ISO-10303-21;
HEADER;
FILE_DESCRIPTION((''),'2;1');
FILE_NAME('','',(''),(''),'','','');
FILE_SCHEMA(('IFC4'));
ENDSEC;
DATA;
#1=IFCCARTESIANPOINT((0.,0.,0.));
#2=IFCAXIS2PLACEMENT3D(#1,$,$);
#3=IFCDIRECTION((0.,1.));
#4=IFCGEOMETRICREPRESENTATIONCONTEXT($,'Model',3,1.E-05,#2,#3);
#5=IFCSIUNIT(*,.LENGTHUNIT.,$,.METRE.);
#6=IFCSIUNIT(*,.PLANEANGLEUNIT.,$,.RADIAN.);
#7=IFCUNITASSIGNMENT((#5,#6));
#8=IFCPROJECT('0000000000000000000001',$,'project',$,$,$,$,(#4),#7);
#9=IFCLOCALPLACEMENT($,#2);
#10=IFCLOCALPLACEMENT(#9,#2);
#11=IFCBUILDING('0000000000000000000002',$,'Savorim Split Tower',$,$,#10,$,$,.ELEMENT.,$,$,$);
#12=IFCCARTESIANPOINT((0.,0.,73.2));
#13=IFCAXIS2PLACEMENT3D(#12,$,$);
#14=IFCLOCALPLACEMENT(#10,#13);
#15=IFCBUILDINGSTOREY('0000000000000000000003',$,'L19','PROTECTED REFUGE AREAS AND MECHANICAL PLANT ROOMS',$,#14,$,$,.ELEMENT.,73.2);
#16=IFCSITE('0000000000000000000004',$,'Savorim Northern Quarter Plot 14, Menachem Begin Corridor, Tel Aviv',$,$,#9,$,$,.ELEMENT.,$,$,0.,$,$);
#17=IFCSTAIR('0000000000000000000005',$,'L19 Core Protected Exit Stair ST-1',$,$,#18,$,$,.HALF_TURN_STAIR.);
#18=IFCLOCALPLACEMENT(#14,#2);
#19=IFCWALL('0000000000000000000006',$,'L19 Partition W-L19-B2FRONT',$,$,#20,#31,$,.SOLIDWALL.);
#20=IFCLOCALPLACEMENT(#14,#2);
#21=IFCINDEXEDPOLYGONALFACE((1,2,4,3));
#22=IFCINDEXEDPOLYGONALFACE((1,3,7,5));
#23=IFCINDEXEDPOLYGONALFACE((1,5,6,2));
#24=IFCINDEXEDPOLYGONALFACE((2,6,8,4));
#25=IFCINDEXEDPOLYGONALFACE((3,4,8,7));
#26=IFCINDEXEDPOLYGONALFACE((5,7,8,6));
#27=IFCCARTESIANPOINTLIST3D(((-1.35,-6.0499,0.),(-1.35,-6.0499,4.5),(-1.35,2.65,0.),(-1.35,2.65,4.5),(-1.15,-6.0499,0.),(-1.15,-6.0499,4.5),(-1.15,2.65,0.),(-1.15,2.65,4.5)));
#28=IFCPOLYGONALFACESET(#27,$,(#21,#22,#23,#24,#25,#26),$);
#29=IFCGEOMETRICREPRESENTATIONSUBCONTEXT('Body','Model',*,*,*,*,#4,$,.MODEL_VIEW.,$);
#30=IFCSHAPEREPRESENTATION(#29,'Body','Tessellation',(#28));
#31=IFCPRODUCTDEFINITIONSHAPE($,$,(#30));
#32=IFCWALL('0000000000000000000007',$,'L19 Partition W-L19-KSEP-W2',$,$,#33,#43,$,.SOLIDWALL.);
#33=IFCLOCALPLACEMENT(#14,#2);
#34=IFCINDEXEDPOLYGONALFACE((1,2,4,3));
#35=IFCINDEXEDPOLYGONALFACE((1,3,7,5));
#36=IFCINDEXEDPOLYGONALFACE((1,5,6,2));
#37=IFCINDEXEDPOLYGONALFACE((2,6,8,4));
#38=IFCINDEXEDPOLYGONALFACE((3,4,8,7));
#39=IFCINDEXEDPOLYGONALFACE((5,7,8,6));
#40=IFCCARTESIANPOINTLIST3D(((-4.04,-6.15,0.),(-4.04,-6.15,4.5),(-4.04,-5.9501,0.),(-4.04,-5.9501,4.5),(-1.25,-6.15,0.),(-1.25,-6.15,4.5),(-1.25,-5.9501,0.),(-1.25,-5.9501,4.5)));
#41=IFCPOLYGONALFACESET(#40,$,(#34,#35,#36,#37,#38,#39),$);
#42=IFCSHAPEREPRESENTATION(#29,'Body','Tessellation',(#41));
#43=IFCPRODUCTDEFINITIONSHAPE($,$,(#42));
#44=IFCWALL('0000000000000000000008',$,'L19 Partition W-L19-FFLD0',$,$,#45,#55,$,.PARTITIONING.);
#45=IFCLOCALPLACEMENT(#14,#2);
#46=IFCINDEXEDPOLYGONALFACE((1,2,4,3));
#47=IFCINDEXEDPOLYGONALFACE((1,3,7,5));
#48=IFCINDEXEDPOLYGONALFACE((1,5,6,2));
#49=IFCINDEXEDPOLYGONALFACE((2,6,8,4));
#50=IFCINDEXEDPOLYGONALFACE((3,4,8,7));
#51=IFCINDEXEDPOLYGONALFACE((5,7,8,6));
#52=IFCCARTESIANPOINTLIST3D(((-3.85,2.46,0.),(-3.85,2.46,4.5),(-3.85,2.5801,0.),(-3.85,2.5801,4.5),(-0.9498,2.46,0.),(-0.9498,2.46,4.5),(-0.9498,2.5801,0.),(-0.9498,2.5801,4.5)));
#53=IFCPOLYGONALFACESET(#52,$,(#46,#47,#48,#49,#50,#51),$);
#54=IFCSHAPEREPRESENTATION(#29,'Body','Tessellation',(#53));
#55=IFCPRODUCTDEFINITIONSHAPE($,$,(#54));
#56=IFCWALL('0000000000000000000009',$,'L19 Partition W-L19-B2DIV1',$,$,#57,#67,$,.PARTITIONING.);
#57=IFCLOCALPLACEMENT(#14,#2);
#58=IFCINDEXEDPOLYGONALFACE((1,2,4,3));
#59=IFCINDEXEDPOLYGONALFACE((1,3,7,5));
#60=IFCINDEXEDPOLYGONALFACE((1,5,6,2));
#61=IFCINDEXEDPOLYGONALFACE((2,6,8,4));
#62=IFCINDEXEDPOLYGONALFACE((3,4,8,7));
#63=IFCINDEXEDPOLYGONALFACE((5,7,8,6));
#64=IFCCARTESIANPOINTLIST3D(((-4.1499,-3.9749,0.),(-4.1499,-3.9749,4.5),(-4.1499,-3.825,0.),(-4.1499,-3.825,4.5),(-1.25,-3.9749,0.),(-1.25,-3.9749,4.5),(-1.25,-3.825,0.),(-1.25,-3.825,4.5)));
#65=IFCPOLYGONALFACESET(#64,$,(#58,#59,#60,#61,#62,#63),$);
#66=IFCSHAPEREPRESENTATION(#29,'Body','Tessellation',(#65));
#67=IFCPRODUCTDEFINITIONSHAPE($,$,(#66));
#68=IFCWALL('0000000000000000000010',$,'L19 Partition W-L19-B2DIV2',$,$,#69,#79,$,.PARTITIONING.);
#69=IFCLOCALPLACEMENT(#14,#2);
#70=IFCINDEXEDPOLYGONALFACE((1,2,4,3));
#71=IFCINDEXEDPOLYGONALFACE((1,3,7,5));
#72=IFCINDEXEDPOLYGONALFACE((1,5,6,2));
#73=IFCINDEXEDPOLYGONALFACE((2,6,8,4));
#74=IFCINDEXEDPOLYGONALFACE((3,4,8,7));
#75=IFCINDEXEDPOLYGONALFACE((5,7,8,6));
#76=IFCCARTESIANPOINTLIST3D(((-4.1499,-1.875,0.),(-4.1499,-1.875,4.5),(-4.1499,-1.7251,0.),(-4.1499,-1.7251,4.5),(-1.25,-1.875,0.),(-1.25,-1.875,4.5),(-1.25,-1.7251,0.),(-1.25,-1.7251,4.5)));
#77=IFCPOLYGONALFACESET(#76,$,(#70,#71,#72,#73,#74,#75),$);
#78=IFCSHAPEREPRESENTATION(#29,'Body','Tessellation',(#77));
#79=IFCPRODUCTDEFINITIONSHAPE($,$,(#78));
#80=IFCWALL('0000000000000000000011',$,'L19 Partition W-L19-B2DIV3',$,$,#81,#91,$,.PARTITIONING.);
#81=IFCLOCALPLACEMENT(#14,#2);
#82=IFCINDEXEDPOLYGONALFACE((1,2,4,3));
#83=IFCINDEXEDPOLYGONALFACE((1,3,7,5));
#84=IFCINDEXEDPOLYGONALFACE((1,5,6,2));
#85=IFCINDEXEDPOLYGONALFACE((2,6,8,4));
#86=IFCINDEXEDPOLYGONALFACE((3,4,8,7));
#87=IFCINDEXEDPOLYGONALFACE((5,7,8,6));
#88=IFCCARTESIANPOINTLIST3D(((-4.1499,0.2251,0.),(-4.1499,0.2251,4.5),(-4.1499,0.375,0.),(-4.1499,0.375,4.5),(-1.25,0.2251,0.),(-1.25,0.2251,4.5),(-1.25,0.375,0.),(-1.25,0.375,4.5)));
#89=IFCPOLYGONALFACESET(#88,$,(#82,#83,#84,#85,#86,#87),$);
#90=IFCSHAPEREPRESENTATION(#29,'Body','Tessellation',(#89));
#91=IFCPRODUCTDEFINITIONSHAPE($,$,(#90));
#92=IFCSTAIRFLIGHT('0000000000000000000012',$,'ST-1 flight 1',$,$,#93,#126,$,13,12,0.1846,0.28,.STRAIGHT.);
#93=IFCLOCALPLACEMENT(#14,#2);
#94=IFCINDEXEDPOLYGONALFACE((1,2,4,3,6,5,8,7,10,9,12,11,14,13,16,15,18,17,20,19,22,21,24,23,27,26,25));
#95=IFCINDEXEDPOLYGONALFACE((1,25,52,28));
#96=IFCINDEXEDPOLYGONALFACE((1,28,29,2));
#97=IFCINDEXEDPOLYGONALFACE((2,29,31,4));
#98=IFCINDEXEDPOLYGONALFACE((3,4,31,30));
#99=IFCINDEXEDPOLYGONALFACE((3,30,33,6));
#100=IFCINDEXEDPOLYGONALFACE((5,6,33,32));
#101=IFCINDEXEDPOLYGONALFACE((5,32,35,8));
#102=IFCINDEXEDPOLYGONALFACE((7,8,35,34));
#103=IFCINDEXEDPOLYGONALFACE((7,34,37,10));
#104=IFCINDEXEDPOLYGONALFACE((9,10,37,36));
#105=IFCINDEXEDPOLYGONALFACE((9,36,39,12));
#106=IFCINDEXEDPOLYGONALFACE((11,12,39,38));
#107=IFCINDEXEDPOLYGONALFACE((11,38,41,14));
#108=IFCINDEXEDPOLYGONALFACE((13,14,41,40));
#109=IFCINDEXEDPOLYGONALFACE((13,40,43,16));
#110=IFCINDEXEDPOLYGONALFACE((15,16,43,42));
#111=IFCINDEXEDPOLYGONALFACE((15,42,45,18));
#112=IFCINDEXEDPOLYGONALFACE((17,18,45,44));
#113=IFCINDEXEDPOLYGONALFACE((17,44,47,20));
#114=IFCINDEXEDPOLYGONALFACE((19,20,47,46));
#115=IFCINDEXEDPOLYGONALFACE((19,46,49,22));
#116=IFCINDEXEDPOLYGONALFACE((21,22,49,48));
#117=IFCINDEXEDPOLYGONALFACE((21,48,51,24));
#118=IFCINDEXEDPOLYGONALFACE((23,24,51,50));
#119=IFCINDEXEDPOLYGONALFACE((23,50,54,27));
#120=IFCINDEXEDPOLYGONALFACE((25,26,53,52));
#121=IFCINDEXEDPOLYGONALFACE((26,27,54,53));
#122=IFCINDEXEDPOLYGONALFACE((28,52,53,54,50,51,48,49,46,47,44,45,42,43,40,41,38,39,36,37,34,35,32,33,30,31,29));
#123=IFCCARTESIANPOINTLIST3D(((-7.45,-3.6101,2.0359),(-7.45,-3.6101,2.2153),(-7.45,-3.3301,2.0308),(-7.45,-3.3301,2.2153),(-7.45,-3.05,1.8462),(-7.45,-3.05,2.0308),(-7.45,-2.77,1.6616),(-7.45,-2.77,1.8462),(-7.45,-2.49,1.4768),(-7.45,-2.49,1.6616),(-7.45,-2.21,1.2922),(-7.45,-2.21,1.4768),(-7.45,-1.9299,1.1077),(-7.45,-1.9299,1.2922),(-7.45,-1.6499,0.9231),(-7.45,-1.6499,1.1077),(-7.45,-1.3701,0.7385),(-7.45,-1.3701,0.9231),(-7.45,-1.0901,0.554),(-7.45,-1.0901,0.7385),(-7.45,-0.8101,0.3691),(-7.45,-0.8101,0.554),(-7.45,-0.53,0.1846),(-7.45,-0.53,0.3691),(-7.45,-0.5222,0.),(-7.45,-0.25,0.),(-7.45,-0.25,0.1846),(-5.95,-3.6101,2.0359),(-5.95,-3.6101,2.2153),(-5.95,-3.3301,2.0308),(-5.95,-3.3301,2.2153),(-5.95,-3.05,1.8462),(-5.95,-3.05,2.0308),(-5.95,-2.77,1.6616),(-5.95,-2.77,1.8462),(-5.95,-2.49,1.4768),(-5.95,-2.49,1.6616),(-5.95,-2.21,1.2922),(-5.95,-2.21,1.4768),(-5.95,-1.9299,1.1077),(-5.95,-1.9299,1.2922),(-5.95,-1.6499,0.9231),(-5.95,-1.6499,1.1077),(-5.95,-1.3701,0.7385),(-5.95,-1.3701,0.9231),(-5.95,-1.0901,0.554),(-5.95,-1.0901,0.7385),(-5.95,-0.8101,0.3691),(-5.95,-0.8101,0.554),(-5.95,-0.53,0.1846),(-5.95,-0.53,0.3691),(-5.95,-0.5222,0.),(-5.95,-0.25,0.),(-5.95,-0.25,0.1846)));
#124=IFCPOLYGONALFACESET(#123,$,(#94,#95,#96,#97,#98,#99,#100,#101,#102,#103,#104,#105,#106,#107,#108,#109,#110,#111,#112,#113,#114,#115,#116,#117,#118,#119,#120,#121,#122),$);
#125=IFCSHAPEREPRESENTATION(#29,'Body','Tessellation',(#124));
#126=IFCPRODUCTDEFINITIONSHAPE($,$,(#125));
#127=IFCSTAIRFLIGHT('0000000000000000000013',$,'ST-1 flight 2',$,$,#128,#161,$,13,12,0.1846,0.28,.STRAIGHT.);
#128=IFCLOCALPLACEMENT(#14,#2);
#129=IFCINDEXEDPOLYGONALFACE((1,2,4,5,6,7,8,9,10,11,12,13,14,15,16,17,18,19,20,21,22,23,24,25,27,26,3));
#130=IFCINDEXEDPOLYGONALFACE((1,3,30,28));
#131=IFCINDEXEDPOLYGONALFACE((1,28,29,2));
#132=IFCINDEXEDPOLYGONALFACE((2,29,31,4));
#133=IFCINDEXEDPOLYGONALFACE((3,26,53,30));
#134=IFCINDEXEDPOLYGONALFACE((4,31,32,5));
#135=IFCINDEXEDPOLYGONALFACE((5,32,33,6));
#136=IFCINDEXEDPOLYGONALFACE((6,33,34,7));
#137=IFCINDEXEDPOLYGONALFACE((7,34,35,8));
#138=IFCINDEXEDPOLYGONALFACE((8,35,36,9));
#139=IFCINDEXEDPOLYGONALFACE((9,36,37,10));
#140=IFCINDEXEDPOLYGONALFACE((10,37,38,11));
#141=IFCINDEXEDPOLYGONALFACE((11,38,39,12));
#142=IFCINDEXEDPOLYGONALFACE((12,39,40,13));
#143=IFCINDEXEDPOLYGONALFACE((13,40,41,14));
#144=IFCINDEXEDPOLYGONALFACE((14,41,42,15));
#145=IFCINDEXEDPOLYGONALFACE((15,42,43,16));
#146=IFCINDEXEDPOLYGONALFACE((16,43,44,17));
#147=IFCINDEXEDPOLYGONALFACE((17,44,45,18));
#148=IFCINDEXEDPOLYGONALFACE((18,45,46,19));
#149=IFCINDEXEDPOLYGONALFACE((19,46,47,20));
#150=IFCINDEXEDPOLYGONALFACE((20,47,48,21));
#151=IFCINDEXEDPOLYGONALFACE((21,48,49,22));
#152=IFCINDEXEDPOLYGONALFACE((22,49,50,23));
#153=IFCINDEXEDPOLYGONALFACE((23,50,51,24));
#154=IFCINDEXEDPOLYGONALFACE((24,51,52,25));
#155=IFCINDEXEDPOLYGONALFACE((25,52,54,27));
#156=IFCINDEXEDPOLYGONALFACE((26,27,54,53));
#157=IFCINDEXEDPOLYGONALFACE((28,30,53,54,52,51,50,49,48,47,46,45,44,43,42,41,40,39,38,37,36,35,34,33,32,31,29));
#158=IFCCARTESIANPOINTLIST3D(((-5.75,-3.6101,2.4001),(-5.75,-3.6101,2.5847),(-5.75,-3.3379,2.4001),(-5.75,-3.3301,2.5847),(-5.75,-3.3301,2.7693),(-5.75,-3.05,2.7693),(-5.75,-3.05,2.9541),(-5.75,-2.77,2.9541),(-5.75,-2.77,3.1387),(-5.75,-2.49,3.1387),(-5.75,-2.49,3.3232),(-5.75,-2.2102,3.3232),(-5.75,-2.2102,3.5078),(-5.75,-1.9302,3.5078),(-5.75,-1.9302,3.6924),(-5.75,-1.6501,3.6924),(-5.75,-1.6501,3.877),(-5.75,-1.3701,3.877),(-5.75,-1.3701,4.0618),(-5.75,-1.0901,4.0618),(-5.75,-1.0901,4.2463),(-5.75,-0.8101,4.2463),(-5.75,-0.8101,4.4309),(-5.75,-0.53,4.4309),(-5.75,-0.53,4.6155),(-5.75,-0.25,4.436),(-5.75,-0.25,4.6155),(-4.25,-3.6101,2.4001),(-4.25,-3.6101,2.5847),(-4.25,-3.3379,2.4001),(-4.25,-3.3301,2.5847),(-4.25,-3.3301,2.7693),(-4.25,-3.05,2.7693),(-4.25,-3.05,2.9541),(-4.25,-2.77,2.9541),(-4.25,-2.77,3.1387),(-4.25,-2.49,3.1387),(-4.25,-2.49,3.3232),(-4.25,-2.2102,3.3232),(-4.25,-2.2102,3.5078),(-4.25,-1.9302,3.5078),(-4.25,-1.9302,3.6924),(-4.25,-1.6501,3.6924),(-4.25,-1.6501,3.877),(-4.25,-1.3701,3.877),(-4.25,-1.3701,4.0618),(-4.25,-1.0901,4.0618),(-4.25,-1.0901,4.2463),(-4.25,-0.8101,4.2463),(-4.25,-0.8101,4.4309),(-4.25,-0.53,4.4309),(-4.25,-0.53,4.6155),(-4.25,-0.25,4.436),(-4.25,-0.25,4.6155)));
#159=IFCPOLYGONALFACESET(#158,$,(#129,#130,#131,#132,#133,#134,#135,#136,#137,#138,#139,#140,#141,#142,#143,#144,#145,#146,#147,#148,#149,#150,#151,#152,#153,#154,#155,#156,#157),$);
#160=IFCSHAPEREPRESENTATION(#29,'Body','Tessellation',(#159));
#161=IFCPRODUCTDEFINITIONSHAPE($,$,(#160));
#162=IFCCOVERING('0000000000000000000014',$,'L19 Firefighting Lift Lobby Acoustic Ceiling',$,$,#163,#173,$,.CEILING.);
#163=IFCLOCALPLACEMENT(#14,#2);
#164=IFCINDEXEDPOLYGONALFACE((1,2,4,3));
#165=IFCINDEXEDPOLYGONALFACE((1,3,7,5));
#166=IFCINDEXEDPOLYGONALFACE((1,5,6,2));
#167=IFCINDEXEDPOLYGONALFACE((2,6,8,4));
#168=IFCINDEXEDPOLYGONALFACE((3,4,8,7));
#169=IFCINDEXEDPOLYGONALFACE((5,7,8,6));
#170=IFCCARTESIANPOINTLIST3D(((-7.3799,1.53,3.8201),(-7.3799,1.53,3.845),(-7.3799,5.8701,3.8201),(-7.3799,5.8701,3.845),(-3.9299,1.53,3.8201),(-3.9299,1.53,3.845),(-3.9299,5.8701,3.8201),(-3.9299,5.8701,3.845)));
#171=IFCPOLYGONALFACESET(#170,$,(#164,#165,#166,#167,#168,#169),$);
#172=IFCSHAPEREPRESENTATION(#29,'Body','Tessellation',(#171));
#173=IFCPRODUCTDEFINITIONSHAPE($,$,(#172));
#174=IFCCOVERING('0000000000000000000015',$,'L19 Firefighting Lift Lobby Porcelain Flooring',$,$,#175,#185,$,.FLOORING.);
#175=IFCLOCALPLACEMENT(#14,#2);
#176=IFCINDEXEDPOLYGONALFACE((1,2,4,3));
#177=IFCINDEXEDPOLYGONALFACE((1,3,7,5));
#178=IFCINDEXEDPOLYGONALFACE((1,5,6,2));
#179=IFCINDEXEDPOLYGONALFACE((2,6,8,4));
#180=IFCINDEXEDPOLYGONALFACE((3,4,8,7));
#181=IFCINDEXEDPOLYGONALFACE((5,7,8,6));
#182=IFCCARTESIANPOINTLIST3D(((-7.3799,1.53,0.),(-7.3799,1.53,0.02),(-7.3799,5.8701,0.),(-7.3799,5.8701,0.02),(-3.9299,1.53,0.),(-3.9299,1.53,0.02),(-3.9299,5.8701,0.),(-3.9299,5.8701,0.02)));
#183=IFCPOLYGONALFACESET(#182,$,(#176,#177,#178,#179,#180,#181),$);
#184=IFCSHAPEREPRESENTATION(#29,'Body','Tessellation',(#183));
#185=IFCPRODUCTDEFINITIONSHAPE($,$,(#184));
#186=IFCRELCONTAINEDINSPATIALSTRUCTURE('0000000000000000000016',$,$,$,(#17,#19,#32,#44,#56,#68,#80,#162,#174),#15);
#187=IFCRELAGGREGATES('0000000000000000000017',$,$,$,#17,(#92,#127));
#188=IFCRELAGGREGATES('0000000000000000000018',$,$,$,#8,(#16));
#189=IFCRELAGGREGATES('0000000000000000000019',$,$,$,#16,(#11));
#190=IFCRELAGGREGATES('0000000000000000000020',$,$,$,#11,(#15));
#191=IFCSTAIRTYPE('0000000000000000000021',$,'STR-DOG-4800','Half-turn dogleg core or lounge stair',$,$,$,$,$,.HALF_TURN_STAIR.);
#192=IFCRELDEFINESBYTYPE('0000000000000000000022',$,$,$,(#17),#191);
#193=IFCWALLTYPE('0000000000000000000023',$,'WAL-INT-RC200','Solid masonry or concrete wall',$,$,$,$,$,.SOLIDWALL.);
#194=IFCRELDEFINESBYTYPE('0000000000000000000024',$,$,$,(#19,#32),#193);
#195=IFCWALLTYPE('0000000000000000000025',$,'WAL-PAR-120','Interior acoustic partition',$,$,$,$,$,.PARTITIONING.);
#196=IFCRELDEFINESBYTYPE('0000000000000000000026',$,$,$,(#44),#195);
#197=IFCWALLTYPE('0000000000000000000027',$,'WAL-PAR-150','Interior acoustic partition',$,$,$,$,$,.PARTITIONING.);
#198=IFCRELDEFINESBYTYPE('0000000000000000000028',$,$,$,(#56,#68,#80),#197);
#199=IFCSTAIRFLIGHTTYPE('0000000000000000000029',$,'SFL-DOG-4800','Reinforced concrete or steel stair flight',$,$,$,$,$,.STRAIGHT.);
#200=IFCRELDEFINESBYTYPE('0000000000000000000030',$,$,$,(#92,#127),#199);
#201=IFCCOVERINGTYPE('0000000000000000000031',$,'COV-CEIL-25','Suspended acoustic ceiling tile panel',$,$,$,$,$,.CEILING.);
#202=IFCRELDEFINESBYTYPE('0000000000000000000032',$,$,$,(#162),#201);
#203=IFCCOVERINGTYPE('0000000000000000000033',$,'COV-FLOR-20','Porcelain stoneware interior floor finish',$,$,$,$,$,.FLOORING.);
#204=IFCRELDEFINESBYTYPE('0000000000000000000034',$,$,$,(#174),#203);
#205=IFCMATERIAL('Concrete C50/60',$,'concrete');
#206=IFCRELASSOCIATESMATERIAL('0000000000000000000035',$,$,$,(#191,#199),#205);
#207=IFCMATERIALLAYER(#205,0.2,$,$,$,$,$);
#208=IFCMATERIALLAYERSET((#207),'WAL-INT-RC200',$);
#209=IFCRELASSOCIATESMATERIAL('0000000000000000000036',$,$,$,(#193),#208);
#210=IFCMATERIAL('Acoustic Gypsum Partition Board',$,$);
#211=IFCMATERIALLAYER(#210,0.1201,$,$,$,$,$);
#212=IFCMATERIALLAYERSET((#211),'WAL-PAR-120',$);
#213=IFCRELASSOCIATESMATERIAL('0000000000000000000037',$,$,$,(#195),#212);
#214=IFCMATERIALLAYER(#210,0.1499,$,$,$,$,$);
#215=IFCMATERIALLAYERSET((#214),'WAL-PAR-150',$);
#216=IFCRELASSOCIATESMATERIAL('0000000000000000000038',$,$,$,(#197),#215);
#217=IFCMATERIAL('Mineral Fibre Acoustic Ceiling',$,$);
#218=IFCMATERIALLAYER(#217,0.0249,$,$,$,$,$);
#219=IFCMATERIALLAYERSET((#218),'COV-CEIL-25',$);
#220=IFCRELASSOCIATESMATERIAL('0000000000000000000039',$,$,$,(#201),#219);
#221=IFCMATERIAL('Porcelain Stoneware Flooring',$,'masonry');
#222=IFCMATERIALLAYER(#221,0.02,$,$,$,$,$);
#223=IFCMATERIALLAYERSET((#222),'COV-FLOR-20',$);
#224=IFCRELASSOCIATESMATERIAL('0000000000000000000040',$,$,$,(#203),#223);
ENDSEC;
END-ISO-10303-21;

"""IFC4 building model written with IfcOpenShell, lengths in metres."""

from ifc_helpers import new_model, si_unit, direction, frame, frame_2d, origin, place, context, subcontext, project, spatial, polyline, rectangle, outline, extrude, material, layer, layer_set, type_object, element, aggregate, save


model = new_model("IFC4")

# Units and contexts
model_context = context("Model", 3, precision=1e-05, world=origin(), true_north=direction((0.0, 1.0)))
body_context = subcontext(model_context, "Body", "Model", "MODEL_VIEW")
ifc_project = project(units=[si_unit("LENGTHUNIT", "METRE"), si_unit("PLANEANGLEUNIT", "RADIAN")], contexts=[model_context])

# Site, building, storey
site_placement = place(None, origin())
site = spatial("IfcSite", under=ifc_project, at=site_placement, Name="Savorim Northern Quarter Plot 14, Menachem Begin Corridor, Tel Aviv", CompositionType="ELEMENT", RefElevation=0.0)
building_placement = place(site_placement, origin())
building = spatial("IfcBuilding", under=site, at=building_placement, Name="Savorim Split Tower", CompositionType="ELEMENT")
storey_placement = place(building_placement, frame((0.0, 0.0, 73.2)))
storey = spatial("IfcBuildingStorey", under=building, at=storey_placement, Name="L19", Description="PROTECTED REFUGE AREAS AND MECHANICAL PLANT ROOMS", CompositionType="ELEMENT", Elevation=73.2)

# Stair
ifc_material_1 = material(Name="Concrete C50/60", Category="concrete")
stair_type = type_object("IfcStairType", Name="STR-DOG-4800", Description="Half-turn dogleg core or lounge stair", PredefinedType="HALF_TURN_STAIR", material=ifc_material_1)
stair_1_placement = place(storey_placement, origin())
stair_1 = element("IfcStair", 1, at=stair_1_placement, inside=storey, type_object=stair_type, Name="L19 Core Protected Exit Stair ST-1", PredefinedType="HALF_TURN_STAIR")

# Shared definitions
ifc_layer_1 = layer(ifc_material_1, 0.2)
ifc_layer_set_1 = layer_set([ifc_layer_1], Name="WAL-INT-RC200")
wall_type_1 = type_object("IfcWallType", Name="WAL-INT-RC200", Description="Solid masonry or concrete wall", PredefinedType="SOLIDWALL", material=ifc_layer_set_1)

# Walls
wall_1_placement = place(storey_placement, frame((-1.25, -6.05, 0.0), z_axis=(0.0, 0.0, 1.0), x_axis=(0.0, 1.0, 0.0)))
element("IfcWall", 2, at=wall_1_placement, inside=storey, type_object=wall_type_1, Name="L19 Partition W-L19-B2FRONT", PredefinedType="SOLIDWALL", context=body_context, shape_type="SweptSolid", body=[
    extrude(rectangle(XDim=8.7, YDim=0.2, at=frame_2d((4.3501, 0.0))), origin(), (0.0, 0.0, 1.0), 4.5),
])
wall_2_placement = place(storey_placement, frame((-4.04, -6.05, 0.0), z_axis=(0.0, 0.0, 1.0), x_axis=(1.0, 0.0, 0.0)))
element("IfcWall", 3, at=wall_2_placement, inside=storey, type_object=wall_type_1, Name="L19 Partition W-L19-KSEP-W2", PredefinedType="SOLIDWALL", context=body_context, shape_type="SweptSolid", body=[
    extrude(rectangle(XDim=2.79, YDim=0.2, at=frame_2d((1.395, 0.0))), origin(), (0.0, 0.0, 1.0), 4.5),
])
ifc_material_2 = material(Name="Acoustic Gypsum Partition Board")
ifc_layer_2 = layer(ifc_material_2, 0.1201)
ifc_layer_set_2 = layer_set([ifc_layer_2], Name="WAL-PAR-120")
wall_type_2 = type_object("IfcWallType", Name="WAL-PAR-120", Description="Interior acoustic partition", PredefinedType="PARTITIONING", material=ifc_layer_set_2)
wall_3_placement = place(storey_placement, frame((-3.8501, 2.52, 0.0), z_axis=(0.0, 0.0, 1.0), x_axis=(1.0, 0.0, 0.0)))
element("IfcWall", 4, at=wall_3_placement, inside=storey, type_object=wall_type_2, Name="L19 Partition W-L19-FFLD0", PredefinedType="PARTITIONING", context=body_context, shape_type="SweptSolid", body=[
    extrude(rectangle(XDim=2.9001, YDim=0.1201, at=frame_2d((1.4502, 0.0))), origin(), (0.0, 0.0, 1.0), 4.5),
])
ifc_layer_3 = layer(ifc_material_2, 0.1499)
ifc_layer_set_3 = layer_set([ifc_layer_3], Name="WAL-PAR-150")
wall_type_3 = type_object("IfcWallType", Name="WAL-PAR-150", Description="Interior acoustic partition", PredefinedType="PARTITIONING", material=ifc_layer_set_3)
for number, where, z_axis, x_axis, name in (
    (5, (-4.1499, -3.8999, 0.0), (0.0, 0.0, 1.0), (1.0, 0.0, 0.0), "L19 Partition W-L19-B2DIV1"),
    (6, (-4.1499, -1.8, 0.0), (0.0, 0.0, 1.0), (1.0, 0.0, 0.0), "L19 Partition W-L19-B2DIV2"),
    (7, (-4.1499, 0.3, 0.0), (0.0, 0.0, 1.0), (1.0, 0.0, 0.0), "L19 Partition W-L19-B2DIV3"),
):
    element("IfcWall", number, at=place(storey_placement, frame(where, z_axis=z_axis, x_axis=x_axis)), inside=storey, type_object=wall_type_3, Name=name, PredefinedType="PARTITIONING", context=body_context, shape_type="SweptSolid", body=[
        extrude(rectangle(XDim=2.8999, YDim=0.1499, at=frame_2d((1.45, 0.0))), origin(), (0.0, 0.0, 1.0), 4.5),
    ])

# Stair flights
stair_flight_type = type_object("IfcStairFlightType", Name="SFL-DOG-4800", Description="Reinforced concrete or steel stair flight", PredefinedType="STRAIGHT", material=ifc_material_1)
stair_flight_1_placement = place(storey_placement, frame((-6.7, -0.25, 0.0), z_axis=(0.0, 0.0, 1.0), x_axis=(0.0, -1.0, 0.0)))
stair_flight_1 = element("IfcStairFlight", 8, at=stair_flight_1_placement, type_object=stair_flight_type, Name="ST-1 flight 1", NumberOfRisers=13, NumberOfTreads=12, PredefinedType="STRAIGHT", RiserHeight=0.1846, TreadLength=0.28, context=body_context, shape_type="SweptSolid", body=[
    extrude(outline(polyline([(0.0, 0.0), (0.0, 0.1846), (0.28, 0.1846), (0.28, 0.3691), (0.5601, 0.3691), (0.5601, 0.554), (0.8401, 0.554), (0.8401, 0.7385), (1.1201, 0.7385), (1.1201, 0.9231), (1.3999, 0.9231), (1.3999, 1.1077), (1.6799, 1.1077), (1.6799, 1.2922), (1.96, 1.2922), (1.96, 1.4768), (2.24, 1.4768), (2.24, 1.6616), (2.52, 1.6616), (2.52, 1.8462), (2.8, 1.8462), (2.8, 2.0308), (3.0801, 2.0308), (3.0801, 2.2153), (3.3601, 2.2153), (3.3601, 2.3999), (3.3601, 2.0359), (0.2722, 0.0), (0.0, 0.0)])), frame((0.0, 0.75, 0.0), z_axis=(0.0, -1.0, 0.0), x_axis=(1.0, 0.0, 0.0)), (0.0, 0.0, 1.0), 1.5),
])
stair_flight_2_placement = place(storey_placement, frame((-5.0, -3.6101, 2.4001), z_axis=(0.0, 0.0, 1.0), x_axis=(0.0, 1.0, 0.0)))
stair_flight_2 = element("IfcStairFlight", 9, at=stair_flight_2_placement, type_object=stair_flight_type, Name="ST-1 flight 2", NumberOfRisers=13, NumberOfTreads=12, PredefinedType="STRAIGHT", RiserHeight=0.1846, TreadLength=0.28, context=body_context, shape_type="SweptSolid", body=[
    extrude(outline(polyline([(0.0, 0.0), (0.0, 0.1846), (0.28, 0.1846), (0.28, 0.3691), (0.5601, 0.3691), (0.5601, 0.554), (0.8401, 0.554), (0.8401, 0.7385), (1.1201, 0.7385), (1.1201, 0.9231), (1.3999, 0.9231), (1.3999, 1.1077), (1.6799, 1.1077), (1.6799, 1.2922), (1.96, 1.2922), (1.96, 1.4768), (2.24, 1.4768), (2.24, 1.6616), (2.52, 1.6616), (2.52, 1.8462), (2.8, 1.8462), (2.8, 2.0308), (3.0801, 2.0308), (3.0801, 2.2153), (3.3601, 2.2153), (3.3601, 2.3999), (3.3601, 2.0359), (0.2722, 0.0), (0.0, 0.0)])), frame((0.0, 0.75, 0.0), z_axis=(0.0, -1.0, 0.0), x_axis=(1.0, 0.0, 0.0)), (0.0, 0.0, 1.0), 1.5),
])
aggregate(stair_1, [stair_flight_1, stair_flight_2])

# Coverings
ifc_material_3 = material(Name="Mineral Fibre Acoustic Ceiling")
ifc_layer_4 = layer(ifc_material_3, 0.0249)
ifc_layer_set_4 = layer_set([ifc_layer_4], Name="COV-CEIL-25")
covering_type_1 = type_object("IfcCoveringType", Name="COV-CEIL-25", Description="Suspended acoustic ceiling tile panel", PredefinedType="CEILING", material=ifc_layer_set_4)
covering_1_placement = place(storey_placement, frame((0.0, 0.0, 3.8201)))
element("IfcCovering", 10, at=covering_1_placement, inside=storey, type_object=covering_type_1, Name="L19 Firefighting Lift Lobby Acoustic Ceiling", PredefinedType="CEILING", context=body_context, shape_type="SweptSolid", body=[
    extrude(outline(polyline([(-7.3799, 5.8701), (-7.3799, 1.53), (-3.9299, 1.53), (-3.9299, 5.8701), (-7.3799, 5.8701)])), origin(), (0.0, 0.0, 1.0), 0.0249),
])
ifc_material_4 = material(Name="Porcelain Stoneware Flooring", Category="masonry")
ifc_layer_5 = layer(ifc_material_4, 0.02)
ifc_layer_set_5 = layer_set([ifc_layer_5], Name="COV-FLOR-20")
covering_type_2 = type_object("IfcCoveringType", Name="COV-FLOR-20", Description="Porcelain stoneware interior floor finish", PredefinedType="FLOORING", material=ifc_layer_set_5)
covering_2_placement = place(storey_placement, origin())
element("IfcCovering", 11, at=covering_2_placement, inside=storey, type_object=covering_type_2, Name="L19 Firefighting Lift Lobby Porcelain Flooring", PredefinedType="FLOORING", context=body_context, shape_type="SweptSolid", body=[
    extrude(outline(polyline([(-7.3799, 5.8701), (-7.3799, 1.53), (-3.9299, 1.53), (-3.9299, 5.8701), (-7.3799, 5.8701)])), origin(), (0.0, 0.0, 1.0), 0.02),
])

save(model, "model.ifc")
